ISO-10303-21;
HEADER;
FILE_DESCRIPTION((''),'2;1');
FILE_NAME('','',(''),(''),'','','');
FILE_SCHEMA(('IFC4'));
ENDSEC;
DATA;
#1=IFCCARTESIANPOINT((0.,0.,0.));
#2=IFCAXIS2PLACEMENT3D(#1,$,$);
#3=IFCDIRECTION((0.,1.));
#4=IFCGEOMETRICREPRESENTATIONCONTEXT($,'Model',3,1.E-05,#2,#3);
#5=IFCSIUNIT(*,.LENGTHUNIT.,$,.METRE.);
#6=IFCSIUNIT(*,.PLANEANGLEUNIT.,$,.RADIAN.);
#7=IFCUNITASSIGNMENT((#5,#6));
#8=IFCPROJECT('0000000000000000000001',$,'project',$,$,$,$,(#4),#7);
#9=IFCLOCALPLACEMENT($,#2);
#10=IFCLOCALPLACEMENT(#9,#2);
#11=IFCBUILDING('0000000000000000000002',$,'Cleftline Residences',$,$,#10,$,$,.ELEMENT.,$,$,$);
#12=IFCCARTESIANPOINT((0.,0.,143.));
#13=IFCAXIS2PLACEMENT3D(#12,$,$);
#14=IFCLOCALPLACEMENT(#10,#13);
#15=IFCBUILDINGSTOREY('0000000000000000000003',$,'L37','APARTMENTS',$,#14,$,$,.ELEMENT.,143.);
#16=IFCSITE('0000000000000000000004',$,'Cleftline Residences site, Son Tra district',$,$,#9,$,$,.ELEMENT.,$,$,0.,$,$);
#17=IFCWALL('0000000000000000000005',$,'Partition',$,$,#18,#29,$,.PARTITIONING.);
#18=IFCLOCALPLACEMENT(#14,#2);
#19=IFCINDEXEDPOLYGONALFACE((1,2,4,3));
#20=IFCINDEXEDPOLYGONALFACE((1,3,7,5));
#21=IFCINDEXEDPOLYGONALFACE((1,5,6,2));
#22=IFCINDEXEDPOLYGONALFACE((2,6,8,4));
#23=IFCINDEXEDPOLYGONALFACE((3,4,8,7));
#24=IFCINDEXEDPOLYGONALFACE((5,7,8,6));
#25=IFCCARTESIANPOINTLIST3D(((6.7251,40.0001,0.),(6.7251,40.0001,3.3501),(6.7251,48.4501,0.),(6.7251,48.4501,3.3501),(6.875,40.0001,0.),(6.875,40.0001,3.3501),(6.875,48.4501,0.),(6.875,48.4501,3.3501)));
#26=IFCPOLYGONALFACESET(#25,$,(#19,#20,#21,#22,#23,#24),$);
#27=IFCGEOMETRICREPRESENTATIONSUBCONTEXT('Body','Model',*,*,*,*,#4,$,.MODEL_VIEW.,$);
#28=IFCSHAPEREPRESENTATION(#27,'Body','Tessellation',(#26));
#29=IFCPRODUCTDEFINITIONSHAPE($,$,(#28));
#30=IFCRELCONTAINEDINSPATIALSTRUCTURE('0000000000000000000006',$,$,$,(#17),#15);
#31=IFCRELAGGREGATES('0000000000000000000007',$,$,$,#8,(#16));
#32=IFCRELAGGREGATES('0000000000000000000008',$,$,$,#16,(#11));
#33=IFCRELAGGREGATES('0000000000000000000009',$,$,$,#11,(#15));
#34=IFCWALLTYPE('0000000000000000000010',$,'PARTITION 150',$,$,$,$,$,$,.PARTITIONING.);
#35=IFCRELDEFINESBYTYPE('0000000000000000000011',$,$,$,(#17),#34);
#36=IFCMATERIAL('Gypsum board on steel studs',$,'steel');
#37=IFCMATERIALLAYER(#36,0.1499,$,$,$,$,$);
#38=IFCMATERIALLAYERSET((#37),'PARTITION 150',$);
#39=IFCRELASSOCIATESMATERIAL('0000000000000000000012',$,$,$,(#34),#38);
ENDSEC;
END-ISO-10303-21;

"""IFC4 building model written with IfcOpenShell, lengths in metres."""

from ifc_helpers import new_model, si_unit, direction, frame, frame_2d, origin, place, context, subcontext, project, spatial, rectangle, extrude, material, layer, layer_set, type_object, element, save


model = new_model("IFC4")

# Units and contexts
model_context = context("Model", 3, precision=1e-05, world=origin(), true_north=direction((0.0, 1.0)))
body_context = subcontext(model_context, "Body", "Model", "MODEL_VIEW")
ifc_project = project(units=[si_unit("LENGTHUNIT", "METRE"), si_unit("PLANEANGLEUNIT", "RADIAN")], contexts=[model_context])

# Site, building, storey
site_placement = place(None, origin())
site = spatial("IfcSite", under=ifc_project, at=site_placement, Name="Cleftline Residences site, Son Tra district", CompositionType="ELEMENT", RefElevation=0.0)
building_placement = place(site_placement, origin())
building = spatial("IfcBuilding", under=site, at=building_placement, Name="Cleftline Residences", CompositionType="ELEMENT")
storey_placement = place(building_placement, frame((0.0, 0.0, 143.0)))
storey = spatial("IfcBuildingStorey", under=building, at=storey_placement, Name="L37", Description="APARTMENTS", CompositionType="ELEMENT", Elevation=143.0)

# Shared definitions
ifc_material_1 = material(Name="Gypsum board on steel studs", Category="steel")
ifc_layer = layer(ifc_material_1, 0.1499)
ifc_layer_set = layer_set([ifc_layer], Name="PARTITION 150")
wall_type = type_object("IfcWallType", Name="PARTITION 150", PredefinedType="PARTITIONING", material=ifc_layer_set)

# Wall
wall_1_placement = place(storey_placement, frame((6.8, 40.0, 0.0), z_axis=(0.0, 0.0, 1.0), x_axis=(0.0, 1.0, 0.0)))
element("IfcWall", 1, at=wall_1_placement, inside=storey, type_object=wall_type, Name="Partition", PredefinedType="PARTITIONING", context=body_context, shape_type="SweptSolid", body=[
    extrude(rectangle(XDim=8.45, YDim=0.1499, at=frame_2d((4.2251, 0.0))), origin(), (0.0, 0.0, 1.0), 3.3501),
])

save(model, "model.ifc")
